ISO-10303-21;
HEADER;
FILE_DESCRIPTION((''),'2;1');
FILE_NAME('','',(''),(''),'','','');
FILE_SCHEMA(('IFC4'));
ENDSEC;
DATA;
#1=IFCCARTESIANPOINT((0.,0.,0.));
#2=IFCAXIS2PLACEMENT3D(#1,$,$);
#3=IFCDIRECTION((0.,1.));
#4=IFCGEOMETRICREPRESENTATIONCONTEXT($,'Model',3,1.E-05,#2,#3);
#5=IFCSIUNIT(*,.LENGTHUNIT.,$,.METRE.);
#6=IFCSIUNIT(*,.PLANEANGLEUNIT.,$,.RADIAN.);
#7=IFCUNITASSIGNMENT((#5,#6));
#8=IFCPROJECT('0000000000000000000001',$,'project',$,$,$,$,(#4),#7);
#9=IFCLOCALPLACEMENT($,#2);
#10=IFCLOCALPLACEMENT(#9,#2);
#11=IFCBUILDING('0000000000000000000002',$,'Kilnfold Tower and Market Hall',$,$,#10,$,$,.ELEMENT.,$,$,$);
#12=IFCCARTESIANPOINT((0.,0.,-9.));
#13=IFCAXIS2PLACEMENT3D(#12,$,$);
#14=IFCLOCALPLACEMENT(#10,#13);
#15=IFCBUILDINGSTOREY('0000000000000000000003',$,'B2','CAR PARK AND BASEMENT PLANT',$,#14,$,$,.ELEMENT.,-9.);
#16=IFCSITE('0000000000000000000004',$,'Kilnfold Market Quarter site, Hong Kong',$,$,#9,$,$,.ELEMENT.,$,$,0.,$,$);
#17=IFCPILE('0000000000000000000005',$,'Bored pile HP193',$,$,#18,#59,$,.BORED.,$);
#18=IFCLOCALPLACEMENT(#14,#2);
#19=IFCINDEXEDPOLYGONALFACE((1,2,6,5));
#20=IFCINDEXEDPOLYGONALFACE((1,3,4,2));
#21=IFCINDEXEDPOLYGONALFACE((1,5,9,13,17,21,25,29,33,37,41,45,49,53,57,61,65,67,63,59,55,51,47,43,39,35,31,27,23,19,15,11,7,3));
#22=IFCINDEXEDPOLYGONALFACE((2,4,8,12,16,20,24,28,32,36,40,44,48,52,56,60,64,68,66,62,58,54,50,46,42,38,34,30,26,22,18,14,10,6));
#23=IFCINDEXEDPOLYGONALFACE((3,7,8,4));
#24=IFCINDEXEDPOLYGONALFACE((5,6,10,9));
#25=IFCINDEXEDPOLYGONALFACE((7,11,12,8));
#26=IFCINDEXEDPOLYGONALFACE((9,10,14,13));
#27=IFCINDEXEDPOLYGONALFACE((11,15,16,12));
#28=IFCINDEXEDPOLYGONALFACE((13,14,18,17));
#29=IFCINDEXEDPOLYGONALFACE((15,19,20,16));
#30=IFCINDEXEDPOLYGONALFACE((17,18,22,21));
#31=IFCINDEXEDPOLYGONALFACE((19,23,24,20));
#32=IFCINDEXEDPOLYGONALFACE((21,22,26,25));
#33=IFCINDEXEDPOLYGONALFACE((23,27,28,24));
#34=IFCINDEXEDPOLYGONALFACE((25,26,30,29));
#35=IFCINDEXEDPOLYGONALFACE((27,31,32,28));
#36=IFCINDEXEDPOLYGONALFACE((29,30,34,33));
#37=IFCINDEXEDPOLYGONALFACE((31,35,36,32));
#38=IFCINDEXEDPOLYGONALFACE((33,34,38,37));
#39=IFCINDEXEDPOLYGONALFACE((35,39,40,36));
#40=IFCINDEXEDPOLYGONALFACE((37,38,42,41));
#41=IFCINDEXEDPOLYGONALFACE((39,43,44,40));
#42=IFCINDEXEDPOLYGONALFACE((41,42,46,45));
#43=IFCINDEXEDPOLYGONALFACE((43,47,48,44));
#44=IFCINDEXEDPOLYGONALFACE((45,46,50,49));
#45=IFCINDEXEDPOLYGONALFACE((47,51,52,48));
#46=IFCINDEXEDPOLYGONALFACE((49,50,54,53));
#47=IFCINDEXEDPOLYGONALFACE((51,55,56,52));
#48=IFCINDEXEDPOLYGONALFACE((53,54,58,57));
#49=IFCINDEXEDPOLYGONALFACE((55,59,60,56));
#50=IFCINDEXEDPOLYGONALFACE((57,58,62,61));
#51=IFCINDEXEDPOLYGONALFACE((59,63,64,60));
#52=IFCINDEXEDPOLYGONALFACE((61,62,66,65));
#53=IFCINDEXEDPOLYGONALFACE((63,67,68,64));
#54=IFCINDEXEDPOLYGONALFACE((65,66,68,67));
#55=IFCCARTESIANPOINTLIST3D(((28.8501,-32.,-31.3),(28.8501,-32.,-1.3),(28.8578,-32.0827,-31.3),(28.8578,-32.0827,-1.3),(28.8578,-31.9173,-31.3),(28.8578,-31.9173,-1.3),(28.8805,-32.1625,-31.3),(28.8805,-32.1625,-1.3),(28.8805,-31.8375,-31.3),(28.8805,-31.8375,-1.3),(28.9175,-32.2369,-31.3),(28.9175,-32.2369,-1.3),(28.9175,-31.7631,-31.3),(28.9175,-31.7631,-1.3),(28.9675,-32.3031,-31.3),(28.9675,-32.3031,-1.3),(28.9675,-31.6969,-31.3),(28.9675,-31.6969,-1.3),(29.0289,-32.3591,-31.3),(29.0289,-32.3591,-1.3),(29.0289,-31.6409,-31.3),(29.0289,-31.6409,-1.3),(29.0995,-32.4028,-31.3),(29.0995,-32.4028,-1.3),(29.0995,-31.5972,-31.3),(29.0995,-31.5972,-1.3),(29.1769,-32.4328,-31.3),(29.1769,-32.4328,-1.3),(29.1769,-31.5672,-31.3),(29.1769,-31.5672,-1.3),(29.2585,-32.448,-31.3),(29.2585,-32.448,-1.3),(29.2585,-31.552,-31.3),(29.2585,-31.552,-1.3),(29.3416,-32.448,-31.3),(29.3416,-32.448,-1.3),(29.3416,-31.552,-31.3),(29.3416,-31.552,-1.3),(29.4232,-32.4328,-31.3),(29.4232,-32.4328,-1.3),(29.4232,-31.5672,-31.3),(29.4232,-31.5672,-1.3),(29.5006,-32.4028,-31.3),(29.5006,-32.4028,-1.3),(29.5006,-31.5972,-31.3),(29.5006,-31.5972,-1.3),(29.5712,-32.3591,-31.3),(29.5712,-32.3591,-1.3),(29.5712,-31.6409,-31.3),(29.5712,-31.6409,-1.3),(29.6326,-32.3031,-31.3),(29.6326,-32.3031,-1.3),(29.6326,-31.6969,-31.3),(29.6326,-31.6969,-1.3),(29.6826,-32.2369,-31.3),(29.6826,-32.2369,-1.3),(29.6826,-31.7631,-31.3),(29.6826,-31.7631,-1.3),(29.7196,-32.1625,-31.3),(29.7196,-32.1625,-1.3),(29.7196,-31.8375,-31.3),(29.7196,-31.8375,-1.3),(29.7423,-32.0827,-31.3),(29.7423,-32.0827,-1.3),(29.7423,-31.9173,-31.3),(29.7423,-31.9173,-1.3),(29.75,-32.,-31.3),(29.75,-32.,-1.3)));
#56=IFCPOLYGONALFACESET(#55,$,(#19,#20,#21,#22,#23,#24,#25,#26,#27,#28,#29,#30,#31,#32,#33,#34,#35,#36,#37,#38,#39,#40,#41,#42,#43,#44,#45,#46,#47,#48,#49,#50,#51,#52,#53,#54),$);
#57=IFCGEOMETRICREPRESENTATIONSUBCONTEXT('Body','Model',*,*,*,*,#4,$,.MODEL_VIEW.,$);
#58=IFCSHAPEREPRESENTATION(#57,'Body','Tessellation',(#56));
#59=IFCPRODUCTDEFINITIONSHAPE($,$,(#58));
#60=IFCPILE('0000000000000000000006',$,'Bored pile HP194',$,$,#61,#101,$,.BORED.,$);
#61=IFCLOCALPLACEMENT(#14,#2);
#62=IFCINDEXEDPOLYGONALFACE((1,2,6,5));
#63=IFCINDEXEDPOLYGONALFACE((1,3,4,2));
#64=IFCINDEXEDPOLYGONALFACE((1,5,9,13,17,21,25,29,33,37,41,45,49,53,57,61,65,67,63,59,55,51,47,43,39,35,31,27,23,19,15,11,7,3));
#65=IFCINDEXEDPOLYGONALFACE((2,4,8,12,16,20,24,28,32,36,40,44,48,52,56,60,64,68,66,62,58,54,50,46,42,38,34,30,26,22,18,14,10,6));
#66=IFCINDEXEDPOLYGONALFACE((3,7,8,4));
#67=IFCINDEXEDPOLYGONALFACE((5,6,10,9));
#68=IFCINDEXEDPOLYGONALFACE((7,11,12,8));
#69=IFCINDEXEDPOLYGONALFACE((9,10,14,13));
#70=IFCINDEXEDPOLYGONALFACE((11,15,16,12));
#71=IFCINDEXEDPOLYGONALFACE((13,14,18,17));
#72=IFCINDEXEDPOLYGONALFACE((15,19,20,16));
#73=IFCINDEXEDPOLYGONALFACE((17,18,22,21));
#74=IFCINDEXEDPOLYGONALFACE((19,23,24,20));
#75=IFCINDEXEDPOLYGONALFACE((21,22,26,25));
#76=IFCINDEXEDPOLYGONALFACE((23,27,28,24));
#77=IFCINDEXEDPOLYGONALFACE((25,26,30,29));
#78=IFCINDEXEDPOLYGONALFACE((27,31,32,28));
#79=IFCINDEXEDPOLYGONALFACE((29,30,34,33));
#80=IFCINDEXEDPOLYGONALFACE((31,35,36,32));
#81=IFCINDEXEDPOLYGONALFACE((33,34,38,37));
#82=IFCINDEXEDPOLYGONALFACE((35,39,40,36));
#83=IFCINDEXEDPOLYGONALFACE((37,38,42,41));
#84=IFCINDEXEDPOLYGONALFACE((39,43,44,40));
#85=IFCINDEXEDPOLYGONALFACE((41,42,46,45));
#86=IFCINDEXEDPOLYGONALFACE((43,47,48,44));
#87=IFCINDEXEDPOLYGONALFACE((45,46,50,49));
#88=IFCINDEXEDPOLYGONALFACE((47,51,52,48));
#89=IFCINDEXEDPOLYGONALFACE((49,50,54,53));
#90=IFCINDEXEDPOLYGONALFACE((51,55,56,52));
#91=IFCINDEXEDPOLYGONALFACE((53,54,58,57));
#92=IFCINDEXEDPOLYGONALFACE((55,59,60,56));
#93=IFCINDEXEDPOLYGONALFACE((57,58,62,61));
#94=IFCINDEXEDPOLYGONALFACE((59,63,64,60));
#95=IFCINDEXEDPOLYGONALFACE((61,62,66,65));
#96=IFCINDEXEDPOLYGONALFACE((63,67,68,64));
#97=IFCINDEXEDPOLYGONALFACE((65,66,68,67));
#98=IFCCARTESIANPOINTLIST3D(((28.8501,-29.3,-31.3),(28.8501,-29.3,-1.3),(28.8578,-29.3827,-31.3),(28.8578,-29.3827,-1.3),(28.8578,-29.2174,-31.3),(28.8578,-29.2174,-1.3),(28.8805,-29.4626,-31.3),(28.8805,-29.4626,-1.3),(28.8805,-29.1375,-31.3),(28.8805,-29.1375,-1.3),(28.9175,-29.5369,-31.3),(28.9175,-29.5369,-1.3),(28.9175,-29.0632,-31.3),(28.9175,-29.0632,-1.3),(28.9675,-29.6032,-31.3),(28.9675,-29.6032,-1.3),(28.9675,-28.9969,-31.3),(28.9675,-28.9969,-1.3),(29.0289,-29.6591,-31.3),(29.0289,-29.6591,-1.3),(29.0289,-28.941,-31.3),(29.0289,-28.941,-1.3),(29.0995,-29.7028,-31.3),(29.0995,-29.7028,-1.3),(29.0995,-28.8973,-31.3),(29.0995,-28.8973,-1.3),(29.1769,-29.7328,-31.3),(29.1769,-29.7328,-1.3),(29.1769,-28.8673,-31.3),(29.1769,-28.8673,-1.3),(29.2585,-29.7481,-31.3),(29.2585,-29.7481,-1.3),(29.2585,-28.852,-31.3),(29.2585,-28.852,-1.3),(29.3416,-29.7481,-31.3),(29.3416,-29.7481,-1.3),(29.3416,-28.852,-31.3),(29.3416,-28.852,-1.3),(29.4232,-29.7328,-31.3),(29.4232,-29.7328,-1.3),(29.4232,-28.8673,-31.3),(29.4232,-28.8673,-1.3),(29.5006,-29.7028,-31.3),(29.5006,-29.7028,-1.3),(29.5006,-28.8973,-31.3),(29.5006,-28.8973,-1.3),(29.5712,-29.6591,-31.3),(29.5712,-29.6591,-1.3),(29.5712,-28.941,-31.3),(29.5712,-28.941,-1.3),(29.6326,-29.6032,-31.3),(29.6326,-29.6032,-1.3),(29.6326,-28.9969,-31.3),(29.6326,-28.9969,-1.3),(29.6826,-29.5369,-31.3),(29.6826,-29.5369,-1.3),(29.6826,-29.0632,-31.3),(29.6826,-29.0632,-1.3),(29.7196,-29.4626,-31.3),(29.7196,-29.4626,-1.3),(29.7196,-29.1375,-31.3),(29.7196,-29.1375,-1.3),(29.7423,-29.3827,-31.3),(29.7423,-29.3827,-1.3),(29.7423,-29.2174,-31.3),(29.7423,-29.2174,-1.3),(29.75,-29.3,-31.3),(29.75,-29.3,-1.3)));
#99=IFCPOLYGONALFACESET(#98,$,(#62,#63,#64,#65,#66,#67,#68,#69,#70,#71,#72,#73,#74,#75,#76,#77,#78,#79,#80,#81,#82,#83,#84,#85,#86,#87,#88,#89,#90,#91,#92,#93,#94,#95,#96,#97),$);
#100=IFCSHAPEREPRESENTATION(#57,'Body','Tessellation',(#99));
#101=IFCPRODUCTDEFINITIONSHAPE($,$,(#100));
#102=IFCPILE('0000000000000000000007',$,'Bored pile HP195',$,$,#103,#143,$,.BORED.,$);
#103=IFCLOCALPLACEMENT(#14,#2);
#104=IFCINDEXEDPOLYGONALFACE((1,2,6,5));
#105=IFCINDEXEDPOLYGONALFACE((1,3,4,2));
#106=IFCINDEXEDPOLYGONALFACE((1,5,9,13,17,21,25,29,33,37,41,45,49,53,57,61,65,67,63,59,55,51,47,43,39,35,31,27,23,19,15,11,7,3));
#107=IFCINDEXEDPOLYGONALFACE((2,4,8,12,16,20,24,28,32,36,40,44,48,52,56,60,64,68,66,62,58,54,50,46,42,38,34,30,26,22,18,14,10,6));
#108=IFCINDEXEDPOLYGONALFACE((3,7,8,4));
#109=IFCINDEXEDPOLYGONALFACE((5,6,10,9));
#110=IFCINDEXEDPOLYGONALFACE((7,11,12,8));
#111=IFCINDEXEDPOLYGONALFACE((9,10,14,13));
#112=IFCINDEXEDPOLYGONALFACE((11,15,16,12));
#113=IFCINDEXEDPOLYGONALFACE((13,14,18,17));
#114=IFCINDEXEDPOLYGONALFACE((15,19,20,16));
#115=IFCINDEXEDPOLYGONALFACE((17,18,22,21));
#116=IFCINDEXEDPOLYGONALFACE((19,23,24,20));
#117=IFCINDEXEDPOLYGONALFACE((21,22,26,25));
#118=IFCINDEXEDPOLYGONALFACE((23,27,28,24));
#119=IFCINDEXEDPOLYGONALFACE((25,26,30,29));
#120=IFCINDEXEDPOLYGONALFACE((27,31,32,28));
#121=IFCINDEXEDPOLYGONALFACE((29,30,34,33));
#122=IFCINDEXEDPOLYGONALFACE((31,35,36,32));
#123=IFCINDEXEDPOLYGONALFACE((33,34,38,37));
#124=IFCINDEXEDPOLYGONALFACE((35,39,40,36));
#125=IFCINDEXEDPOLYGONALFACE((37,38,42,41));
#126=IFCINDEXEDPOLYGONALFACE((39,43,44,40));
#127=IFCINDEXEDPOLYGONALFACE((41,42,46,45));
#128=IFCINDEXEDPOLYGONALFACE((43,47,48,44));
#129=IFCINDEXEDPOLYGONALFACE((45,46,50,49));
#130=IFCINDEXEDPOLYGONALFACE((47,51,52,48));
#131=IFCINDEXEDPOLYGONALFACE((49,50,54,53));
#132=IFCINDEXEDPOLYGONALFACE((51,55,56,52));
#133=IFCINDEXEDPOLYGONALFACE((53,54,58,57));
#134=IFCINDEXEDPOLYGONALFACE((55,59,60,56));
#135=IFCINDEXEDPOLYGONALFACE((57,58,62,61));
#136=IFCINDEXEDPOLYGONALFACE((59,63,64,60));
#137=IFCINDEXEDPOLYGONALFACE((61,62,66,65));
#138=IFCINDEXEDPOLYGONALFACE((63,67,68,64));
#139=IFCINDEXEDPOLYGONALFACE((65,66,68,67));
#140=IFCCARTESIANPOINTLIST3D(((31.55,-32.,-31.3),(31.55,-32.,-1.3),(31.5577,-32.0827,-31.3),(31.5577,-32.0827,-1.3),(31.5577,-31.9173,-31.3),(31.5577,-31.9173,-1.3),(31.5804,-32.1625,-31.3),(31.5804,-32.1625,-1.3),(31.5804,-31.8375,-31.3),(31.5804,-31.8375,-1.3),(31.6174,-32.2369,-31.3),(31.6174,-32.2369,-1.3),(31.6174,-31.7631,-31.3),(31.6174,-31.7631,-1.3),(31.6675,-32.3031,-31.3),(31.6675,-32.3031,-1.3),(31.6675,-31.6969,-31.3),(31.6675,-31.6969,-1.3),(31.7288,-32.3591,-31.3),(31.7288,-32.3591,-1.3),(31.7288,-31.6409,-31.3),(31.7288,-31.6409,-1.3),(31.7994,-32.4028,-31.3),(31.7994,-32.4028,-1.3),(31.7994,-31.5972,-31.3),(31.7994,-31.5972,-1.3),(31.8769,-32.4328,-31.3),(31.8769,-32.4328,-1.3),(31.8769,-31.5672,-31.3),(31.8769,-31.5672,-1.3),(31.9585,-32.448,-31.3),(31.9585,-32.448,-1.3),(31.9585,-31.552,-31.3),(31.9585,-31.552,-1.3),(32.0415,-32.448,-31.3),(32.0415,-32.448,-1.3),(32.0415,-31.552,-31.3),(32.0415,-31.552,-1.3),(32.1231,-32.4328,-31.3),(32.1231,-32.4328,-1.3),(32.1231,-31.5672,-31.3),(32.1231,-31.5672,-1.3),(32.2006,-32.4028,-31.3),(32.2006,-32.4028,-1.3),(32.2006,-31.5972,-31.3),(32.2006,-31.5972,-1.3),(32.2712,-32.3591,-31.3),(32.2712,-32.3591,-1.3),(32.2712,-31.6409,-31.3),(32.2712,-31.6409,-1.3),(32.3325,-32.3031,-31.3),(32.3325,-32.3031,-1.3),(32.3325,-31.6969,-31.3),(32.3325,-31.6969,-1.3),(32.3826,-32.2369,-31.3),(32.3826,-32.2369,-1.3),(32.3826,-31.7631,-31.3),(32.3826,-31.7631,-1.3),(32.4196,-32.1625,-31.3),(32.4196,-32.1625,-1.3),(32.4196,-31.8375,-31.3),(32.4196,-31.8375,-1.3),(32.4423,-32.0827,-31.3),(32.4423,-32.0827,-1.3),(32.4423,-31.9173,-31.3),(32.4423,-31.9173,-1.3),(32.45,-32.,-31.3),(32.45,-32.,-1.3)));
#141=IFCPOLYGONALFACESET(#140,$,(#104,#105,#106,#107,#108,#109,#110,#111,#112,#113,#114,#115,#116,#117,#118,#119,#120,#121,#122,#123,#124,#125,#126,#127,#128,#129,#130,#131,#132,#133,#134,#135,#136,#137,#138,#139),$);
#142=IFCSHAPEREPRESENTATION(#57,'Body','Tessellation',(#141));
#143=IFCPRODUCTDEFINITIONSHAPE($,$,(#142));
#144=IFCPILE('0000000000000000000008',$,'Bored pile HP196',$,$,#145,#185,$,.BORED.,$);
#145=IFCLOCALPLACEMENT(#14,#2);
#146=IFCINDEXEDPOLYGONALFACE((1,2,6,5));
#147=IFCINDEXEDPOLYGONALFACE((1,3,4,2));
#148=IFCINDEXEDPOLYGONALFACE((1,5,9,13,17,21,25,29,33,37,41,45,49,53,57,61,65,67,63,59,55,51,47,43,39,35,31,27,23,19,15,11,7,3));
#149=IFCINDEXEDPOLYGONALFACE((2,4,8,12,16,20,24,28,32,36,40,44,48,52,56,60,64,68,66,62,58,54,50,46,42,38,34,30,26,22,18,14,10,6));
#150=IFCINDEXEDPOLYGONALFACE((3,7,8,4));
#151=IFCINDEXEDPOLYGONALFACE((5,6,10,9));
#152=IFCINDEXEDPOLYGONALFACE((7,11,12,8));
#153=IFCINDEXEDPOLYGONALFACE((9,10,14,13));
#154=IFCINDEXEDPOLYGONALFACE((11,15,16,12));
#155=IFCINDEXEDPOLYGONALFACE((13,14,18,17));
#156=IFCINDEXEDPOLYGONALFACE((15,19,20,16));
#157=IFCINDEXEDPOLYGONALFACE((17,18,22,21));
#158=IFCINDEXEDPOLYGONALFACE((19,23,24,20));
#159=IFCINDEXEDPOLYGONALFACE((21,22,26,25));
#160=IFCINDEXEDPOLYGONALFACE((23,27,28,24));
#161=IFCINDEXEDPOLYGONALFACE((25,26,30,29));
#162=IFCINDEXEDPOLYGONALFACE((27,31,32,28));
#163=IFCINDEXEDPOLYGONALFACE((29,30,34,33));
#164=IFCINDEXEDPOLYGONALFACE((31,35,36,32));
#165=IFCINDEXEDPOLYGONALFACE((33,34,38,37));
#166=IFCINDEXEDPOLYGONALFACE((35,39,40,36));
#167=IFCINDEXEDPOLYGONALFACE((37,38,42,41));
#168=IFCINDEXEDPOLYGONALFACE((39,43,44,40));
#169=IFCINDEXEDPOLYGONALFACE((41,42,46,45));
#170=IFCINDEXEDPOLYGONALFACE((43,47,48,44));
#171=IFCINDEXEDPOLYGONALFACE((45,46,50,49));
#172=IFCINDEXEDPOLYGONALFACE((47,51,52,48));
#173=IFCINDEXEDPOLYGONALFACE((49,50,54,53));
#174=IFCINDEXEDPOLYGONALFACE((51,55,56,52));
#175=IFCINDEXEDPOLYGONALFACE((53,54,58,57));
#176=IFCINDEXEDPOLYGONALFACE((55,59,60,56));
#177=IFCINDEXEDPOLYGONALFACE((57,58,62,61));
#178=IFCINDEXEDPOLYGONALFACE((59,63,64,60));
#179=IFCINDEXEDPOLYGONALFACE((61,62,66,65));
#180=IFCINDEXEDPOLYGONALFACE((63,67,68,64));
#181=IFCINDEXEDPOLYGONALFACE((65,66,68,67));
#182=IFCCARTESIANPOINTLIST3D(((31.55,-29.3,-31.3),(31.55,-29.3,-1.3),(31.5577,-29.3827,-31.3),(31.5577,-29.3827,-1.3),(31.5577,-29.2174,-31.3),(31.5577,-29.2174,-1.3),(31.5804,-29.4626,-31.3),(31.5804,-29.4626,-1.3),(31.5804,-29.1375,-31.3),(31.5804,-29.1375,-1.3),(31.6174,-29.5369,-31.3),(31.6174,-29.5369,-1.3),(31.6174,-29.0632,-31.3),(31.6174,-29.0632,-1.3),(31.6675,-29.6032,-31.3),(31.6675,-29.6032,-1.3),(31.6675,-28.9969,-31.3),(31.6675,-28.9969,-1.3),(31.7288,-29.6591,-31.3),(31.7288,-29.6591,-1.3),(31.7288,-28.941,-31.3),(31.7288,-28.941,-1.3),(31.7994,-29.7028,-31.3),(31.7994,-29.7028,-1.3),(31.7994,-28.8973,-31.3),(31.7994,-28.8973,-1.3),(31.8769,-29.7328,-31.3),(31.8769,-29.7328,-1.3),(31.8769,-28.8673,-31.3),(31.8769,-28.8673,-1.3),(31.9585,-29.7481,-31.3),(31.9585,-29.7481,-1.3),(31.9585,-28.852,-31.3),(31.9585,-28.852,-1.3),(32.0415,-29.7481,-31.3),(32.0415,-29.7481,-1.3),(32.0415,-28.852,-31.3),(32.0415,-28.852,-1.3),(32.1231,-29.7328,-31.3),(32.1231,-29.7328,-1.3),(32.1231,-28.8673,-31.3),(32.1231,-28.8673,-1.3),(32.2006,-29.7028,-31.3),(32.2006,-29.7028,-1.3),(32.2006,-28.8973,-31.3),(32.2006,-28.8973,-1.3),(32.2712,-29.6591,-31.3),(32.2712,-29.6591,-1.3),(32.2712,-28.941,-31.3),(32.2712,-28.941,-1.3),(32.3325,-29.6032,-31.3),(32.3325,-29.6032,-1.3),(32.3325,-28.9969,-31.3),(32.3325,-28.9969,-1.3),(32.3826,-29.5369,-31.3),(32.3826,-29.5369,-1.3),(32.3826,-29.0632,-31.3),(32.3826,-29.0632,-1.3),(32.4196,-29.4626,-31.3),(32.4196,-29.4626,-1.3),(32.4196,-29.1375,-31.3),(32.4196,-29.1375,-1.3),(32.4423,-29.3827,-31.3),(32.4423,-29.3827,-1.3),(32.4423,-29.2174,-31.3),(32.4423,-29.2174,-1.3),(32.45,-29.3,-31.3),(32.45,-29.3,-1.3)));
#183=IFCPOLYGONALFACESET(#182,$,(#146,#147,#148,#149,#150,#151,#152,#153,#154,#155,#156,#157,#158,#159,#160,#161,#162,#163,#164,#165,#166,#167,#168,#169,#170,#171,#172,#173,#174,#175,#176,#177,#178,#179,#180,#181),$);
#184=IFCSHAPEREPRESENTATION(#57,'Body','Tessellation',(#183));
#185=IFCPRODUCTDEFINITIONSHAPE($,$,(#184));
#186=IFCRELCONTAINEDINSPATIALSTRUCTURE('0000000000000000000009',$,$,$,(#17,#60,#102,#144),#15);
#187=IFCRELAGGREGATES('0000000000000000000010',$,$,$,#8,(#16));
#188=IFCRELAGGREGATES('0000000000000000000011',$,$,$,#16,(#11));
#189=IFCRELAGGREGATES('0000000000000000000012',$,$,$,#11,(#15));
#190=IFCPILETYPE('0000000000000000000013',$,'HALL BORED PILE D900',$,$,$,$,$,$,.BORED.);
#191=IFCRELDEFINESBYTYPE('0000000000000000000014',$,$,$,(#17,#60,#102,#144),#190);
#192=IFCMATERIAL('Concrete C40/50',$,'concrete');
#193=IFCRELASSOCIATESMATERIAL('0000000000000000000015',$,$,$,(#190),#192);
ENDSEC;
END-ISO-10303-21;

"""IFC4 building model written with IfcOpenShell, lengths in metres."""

from ifc_helpers import new_model, si_unit, direction, frame, origin, origin_2d, place, context, subcontext, project, spatial, circle, extrude, source, transform, mapped, material, material_profile, profile_set, type_object, element, save


model = new_model("IFC4")

# Units and contexts
model_context = context("Model", 3, precision=1e-05, world=origin(), true_north=direction((0.0, 1.0)))
body_context = subcontext(model_context, "Body", "Model", "MODEL_VIEW")
ifc_project = project(units=[si_unit("LENGTHUNIT", "METRE"), si_unit("PLANEANGLEUNIT", "RADIAN")], contexts=[model_context])

# Site, building, storey
site_placement = place(None, origin())
site = spatial("IfcSite", under=ifc_project, at=site_placement, Name="Kilnfold Market Quarter site, Hong Kong", CompositionType="ELEMENT", RefElevation=0.0)
building_placement = place(site_placement, origin())
building = spatial("IfcBuilding", under=site, at=building_placement, Name="Kilnfold Tower and Market Hall", CompositionType="ELEMENT")
storey_placement = place(building_placement, frame((0.0, 0.0, -9.0)))
storey = spatial("IfcBuildingStorey", under=building, at=storey_placement, Name="B2", Description="CAR PARK AND BASEMENT PLANT", CompositionType="ELEMENT", Elevation=-9.0)

# Piles
ifc_material_1 = material(Name="Concrete C40/50", Category="concrete")
ifc_material_profile_1 = material_profile(ifc_material_1, circle(Radius=0.45, at=origin_2d()), Name="D900")
ifc_profile_set_1 = profile_set([ifc_material_profile_1], Name="Concrete C40/50")
pile_type = type_object("IfcPileType", Name="HALL BORED PILE D900", PredefinedType="BORED", material=ifc_profile_set_1)
shared_shape_1 = source(origin(), body_context, "Body", "SweptSolid", [
    extrude(circle(Radius=0.45, at=origin_2d()), origin(), (0.0, 0.0, 1.0), 30.0),
])
for number, where, z_axis, x_axis, name in (
    (1, (29.3, -32.0, -1.3), (0.0, 0.0, -1.0), (1.0, 0.0, 0.0), "Bored pile HP193"),
    (2, (29.3, -29.3, -1.3), (0.0, 0.0, -1.0), (1.0, 0.0, 0.0), "Bored pile HP194"),
    (3, (32.0, -32.0, -1.3), (0.0, 0.0, -1.0), (1.0, 0.0, 0.0), "Bored pile HP195"),
    (4, (32.0, -29.3, -1.3), (0.0, 0.0, -1.0), (1.0, 0.0, 0.0), "Bored pile HP196"),
):
    element("IfcPile", number, at=place(storey_placement, frame(where, z_axis=z_axis, x_axis=x_axis)), inside=storey, type_object=pile_type, Name=name, PredefinedType="BORED", context=body_context, shape_type="MappedRepresentation", body=[
        mapped(shared_shape_1, transform((0.0, 0.0, 0.0))),
    ])

save(model, "model.ifc")
